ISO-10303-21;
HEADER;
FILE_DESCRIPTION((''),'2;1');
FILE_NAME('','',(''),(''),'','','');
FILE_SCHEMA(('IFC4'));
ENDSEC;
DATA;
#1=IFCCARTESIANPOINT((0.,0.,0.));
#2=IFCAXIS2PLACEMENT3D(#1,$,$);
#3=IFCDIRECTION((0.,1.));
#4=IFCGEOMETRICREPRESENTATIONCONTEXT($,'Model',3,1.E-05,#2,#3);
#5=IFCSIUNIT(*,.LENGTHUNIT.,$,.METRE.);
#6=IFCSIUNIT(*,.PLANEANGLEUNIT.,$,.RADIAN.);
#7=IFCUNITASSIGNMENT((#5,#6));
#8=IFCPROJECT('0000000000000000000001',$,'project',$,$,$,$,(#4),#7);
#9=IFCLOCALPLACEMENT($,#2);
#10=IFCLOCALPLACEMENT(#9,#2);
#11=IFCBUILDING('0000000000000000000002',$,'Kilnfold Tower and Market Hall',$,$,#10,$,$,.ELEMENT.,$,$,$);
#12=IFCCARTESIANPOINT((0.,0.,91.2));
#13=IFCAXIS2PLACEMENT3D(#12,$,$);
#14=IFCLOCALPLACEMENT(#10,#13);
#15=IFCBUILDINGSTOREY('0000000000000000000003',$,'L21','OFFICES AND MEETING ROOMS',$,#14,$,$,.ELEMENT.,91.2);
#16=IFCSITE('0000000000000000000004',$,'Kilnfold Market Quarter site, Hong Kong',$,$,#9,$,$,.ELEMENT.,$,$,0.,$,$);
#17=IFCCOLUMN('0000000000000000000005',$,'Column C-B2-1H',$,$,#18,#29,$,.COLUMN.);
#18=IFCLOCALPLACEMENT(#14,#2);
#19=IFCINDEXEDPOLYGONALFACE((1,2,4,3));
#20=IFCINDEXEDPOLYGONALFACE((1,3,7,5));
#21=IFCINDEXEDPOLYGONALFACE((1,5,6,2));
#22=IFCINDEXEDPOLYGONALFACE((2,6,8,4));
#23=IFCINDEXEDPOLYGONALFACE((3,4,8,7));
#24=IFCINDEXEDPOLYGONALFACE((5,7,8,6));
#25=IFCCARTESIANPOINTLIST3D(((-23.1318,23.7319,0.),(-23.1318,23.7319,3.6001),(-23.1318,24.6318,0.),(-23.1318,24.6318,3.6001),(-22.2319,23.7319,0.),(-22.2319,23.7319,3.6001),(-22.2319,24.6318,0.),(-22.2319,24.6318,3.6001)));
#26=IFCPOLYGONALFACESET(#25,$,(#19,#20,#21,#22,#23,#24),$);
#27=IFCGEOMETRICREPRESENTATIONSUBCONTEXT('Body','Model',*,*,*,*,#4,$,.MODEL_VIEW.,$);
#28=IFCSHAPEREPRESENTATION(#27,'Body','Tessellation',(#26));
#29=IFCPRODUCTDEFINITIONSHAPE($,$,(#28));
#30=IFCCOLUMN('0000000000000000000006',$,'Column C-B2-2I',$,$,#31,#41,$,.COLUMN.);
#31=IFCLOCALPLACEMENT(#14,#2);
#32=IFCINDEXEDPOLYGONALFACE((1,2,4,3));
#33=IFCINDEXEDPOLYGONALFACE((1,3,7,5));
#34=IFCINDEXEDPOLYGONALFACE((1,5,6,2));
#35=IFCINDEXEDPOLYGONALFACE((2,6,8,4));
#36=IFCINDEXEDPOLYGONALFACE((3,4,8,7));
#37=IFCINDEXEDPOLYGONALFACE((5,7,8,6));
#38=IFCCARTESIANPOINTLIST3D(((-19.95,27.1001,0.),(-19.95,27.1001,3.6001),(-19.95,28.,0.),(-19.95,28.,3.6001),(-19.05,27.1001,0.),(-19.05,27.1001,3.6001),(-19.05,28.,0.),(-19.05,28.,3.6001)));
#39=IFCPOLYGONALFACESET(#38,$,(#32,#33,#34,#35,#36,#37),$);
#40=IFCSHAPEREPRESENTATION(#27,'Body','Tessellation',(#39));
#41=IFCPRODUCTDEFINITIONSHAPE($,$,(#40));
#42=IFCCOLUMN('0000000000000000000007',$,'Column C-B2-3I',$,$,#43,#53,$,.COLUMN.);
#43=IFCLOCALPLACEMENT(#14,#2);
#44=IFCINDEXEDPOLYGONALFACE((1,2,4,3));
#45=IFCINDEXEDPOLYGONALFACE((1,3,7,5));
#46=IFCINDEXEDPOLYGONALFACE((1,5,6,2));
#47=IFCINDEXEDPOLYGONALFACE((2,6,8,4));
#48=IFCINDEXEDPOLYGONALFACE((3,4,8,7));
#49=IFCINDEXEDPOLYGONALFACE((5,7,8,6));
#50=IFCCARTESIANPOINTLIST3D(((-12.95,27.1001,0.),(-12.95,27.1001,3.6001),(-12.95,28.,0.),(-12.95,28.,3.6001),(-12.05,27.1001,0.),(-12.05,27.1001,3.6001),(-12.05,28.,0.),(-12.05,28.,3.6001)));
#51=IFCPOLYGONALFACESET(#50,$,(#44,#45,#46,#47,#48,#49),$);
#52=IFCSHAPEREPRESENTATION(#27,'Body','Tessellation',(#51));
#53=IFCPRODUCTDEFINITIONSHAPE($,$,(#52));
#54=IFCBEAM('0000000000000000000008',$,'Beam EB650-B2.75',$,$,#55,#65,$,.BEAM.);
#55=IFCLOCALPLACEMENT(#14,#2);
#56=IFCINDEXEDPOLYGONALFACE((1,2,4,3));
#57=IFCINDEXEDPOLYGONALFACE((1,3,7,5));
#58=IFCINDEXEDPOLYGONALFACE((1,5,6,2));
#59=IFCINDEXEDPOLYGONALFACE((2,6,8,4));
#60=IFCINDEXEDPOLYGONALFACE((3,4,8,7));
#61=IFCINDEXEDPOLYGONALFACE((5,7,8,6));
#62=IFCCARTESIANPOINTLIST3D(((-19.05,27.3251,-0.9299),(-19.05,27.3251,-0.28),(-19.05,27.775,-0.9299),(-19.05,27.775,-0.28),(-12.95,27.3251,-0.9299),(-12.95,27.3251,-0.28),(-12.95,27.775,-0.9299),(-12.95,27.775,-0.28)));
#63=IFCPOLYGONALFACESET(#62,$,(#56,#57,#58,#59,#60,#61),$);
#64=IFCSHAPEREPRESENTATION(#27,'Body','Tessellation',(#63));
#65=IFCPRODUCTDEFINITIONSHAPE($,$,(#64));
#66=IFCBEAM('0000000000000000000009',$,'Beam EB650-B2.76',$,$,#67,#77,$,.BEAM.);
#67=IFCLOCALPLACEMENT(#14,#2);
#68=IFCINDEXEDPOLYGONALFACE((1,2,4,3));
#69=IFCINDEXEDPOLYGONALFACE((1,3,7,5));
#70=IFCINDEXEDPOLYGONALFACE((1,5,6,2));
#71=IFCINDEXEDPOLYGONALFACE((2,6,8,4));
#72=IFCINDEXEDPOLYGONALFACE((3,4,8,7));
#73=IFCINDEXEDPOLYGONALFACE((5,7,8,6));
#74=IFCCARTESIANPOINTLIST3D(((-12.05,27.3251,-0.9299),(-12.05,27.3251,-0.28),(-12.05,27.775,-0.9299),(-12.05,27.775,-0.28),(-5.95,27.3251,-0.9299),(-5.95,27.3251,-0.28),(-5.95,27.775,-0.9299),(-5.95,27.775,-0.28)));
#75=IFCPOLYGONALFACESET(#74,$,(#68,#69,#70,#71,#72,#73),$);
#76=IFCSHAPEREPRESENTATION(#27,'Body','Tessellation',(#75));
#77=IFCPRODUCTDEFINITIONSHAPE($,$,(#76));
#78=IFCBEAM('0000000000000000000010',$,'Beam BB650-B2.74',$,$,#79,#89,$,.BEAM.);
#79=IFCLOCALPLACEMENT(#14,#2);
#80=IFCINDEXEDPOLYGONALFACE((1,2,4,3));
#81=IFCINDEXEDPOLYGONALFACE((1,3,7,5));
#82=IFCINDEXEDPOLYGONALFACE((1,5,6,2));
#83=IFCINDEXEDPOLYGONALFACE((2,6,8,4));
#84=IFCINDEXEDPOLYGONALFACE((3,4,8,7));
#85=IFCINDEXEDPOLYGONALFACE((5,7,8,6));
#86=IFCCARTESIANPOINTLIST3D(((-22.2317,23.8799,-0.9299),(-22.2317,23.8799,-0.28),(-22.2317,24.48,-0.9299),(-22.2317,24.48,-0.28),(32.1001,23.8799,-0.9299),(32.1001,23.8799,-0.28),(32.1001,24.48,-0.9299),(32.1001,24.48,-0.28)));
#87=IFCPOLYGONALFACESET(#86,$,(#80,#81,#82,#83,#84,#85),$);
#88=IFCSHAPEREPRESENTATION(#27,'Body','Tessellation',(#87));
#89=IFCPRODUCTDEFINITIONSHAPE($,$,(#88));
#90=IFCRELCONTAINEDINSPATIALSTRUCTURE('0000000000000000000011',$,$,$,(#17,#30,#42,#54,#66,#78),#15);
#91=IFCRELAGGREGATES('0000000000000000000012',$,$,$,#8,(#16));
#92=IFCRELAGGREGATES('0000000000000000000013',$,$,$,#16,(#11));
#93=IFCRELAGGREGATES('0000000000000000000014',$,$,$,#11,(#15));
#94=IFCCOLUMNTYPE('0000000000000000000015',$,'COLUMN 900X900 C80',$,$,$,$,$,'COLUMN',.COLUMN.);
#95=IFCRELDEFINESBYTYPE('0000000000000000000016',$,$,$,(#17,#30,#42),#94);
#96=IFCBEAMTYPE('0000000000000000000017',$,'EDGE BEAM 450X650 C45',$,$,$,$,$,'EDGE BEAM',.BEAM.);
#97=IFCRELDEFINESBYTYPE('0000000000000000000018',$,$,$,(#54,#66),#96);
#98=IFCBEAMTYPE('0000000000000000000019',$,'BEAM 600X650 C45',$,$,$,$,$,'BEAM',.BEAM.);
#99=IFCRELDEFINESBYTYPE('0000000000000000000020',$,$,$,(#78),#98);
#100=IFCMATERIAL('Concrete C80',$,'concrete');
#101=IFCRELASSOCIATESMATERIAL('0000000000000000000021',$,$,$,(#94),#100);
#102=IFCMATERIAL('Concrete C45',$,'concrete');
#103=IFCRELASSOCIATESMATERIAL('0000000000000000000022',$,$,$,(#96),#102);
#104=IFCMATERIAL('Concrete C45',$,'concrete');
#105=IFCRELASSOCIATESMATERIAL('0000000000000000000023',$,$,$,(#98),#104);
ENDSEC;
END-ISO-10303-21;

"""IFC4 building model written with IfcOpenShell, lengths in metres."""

from ifc_helpers import new_model, si_unit, direction, frame, origin, origin_2d, place, context, subcontext, project, spatial, rectangle, extrude, source, transform, mapped, material, material_profile, profile_set, type_object, element, save


model = new_model("IFC4")

# Units and contexts
model_context = context("Model", 3, precision=1e-05, world=origin(), true_north=direction((0.0, 1.0)))
body_context = subcontext(model_context, "Body", "Model", "MODEL_VIEW")
ifc_project = project(units=[si_unit("LENGTHUNIT", "METRE"), si_unit("PLANEANGLEUNIT", "RADIAN")], contexts=[model_context])

# Site, building, storey
site_placement = place(None, origin())
site = spatial("IfcSite", under=ifc_project, at=site_placement, Name="Kilnfold Market Quarter site, Hong Kong", CompositionType="ELEMENT", RefElevation=0.0)
building_placement = place(site_placement, origin())
building = spatial("IfcBuilding", under=site, at=building_placement, Name="Kilnfold Tower and Market Hall", CompositionType="ELEMENT")
storey_placement = place(building_placement, frame((0.0, 0.0, 91.2)))
storey = spatial("IfcBuildingStorey", under=building, at=storey_placement, Name="L21", Description="OFFICES AND MEETING ROOMS", CompositionType="ELEMENT", Elevation=91.2)

# Columns
ifc_material_1 = material(Name="Concrete C80", Category="concrete")
ifc_material_profile_1 = material_profile(ifc_material_1, rectangle(XDim=0.8999, YDim=0.8999, at=origin_2d()), Name="RC 900x900")
ifc_profile_set_1 = profile_set([ifc_material_profile_1], Name="Concrete C80")
column_type = type_object("IfcColumnType", Name="COLUMN 900X900 C80", ElementType="COLUMN", PredefinedType="COLUMN", material=ifc_profile_set_1)
shared_shape_1 = source(origin(), body_context, "Body", "SweptSolid", [
    extrude(rectangle(XDim=0.8999, YDim=0.8999, at=origin_2d()), origin(), (0.0, 0.0, 1.0), 3.6001),
])
for number, where, z_axis, x_axis, name in (
    (1, (-22.6819, 24.1819, 0.0), (0.0, 0.0, 1.0), (1.0, 0.0, 0.0), "Column C-B2-1H"),
    (2, (-19.5, 27.55, 0.0), (0.0, 0.0, 1.0), (1.0, 0.0, 0.0), "Column C-B2-2I"),
    (3, (-12.5, 27.55, 0.0), (0.0, 0.0, 1.0), (1.0, 0.0, 0.0), "Column C-B2-3I"),
):
    element("IfcColumn", number, at=place(storey_placement, frame(where, z_axis=z_axis, x_axis=x_axis)), inside=storey, type_object=column_type, Name=name, PredefinedType="COLUMN", context=body_context, shape_type="MappedRepresentation", body=[
        mapped(shared_shape_1, transform((0.0, 0.0, 0.0))),
    ])

# Beams
ifc_material_2 = material(Name="Concrete C45", Category="concrete")
ifc_material_profile_2 = material_profile(ifc_material_2, rectangle(XDim=0.45, YDim=0.6499, at=origin_2d()), Name="RC 450x650")
ifc_profile_set_2 = profile_set([ifc_material_profile_2], Name="Concrete C45")
beam_type_1 = type_object("IfcBeamType", Name="EDGE BEAM 450X650 C45", ElementType="EDGE BEAM", PredefinedType="BEAM", material=ifc_profile_set_2)
shared_shape_2 = source(origin(), body_context, "Body", "SweptSolid", [
    extrude(rectangle(XDim=0.45, YDim=0.6499, at=origin_2d()), origin(), (0.0, 0.0, 1.0), 6.1001),
])
for number, where, z_axis, x_axis, name in (
    (4, (-19.05, 27.55, -0.605), (1.0, 0.0, 0.0), (0.0, 1.0, 0.0), "Beam EB650-B2.75"),
    (5, (-12.05, 27.55, -0.605), (1.0, 0.0, 0.0), (0.0, 1.0, 0.0), "Beam EB650-B2.76"),
):
    element("IfcBeam", number, at=place(storey_placement, frame(where, z_axis=z_axis, x_axis=x_axis)), inside=storey, type_object=beam_type_1, Name=name, PredefinedType="BEAM", context=body_context, shape_type="MappedRepresentation", body=[
        mapped(shared_shape_2, transform((0.0, 0.0, 0.0))),
    ])
ifc_material_3 = material(Name="Concrete C45", Category="concrete")
ifc_material_profile_3 = material_profile(ifc_material_3, rectangle(XDim=0.6001, YDim=0.6499, at=origin_2d()), Name="RC 600x650")
ifc_profile_set_3 = profile_set([ifc_material_profile_3], Name="Concrete C45")
beam_type_2 = type_object("IfcBeamType", Name="BEAM 600X650 C45", ElementType="BEAM", PredefinedType="BEAM", material=ifc_profile_set_3)
shared_shape_3 = source(origin(), body_context, "Body", "SweptSolid", [
    extrude(rectangle(XDim=0.6001, YDim=0.6499, at=origin_2d()), origin(), (0.0, 0.0, 1.0), 54.3318),
])
beam_placement = place(storey_placement, frame((-22.2317, 24.1799, -0.605), z_axis=(1.0, 0.0, 0.0), x_axis=(0.0, 1.0, 0.0)))
element("IfcBeam", 6, at=beam_placement, inside=storey, type_object=beam_type_2, Name="Beam BB650-B2.74", PredefinedType="BEAM", context=body_context, shape_type="MappedRepresentation", body=[
    mapped(shared_shape_3, transform((0.0, 0.0, 0.0))),
])

save(model, "model.ifc")
